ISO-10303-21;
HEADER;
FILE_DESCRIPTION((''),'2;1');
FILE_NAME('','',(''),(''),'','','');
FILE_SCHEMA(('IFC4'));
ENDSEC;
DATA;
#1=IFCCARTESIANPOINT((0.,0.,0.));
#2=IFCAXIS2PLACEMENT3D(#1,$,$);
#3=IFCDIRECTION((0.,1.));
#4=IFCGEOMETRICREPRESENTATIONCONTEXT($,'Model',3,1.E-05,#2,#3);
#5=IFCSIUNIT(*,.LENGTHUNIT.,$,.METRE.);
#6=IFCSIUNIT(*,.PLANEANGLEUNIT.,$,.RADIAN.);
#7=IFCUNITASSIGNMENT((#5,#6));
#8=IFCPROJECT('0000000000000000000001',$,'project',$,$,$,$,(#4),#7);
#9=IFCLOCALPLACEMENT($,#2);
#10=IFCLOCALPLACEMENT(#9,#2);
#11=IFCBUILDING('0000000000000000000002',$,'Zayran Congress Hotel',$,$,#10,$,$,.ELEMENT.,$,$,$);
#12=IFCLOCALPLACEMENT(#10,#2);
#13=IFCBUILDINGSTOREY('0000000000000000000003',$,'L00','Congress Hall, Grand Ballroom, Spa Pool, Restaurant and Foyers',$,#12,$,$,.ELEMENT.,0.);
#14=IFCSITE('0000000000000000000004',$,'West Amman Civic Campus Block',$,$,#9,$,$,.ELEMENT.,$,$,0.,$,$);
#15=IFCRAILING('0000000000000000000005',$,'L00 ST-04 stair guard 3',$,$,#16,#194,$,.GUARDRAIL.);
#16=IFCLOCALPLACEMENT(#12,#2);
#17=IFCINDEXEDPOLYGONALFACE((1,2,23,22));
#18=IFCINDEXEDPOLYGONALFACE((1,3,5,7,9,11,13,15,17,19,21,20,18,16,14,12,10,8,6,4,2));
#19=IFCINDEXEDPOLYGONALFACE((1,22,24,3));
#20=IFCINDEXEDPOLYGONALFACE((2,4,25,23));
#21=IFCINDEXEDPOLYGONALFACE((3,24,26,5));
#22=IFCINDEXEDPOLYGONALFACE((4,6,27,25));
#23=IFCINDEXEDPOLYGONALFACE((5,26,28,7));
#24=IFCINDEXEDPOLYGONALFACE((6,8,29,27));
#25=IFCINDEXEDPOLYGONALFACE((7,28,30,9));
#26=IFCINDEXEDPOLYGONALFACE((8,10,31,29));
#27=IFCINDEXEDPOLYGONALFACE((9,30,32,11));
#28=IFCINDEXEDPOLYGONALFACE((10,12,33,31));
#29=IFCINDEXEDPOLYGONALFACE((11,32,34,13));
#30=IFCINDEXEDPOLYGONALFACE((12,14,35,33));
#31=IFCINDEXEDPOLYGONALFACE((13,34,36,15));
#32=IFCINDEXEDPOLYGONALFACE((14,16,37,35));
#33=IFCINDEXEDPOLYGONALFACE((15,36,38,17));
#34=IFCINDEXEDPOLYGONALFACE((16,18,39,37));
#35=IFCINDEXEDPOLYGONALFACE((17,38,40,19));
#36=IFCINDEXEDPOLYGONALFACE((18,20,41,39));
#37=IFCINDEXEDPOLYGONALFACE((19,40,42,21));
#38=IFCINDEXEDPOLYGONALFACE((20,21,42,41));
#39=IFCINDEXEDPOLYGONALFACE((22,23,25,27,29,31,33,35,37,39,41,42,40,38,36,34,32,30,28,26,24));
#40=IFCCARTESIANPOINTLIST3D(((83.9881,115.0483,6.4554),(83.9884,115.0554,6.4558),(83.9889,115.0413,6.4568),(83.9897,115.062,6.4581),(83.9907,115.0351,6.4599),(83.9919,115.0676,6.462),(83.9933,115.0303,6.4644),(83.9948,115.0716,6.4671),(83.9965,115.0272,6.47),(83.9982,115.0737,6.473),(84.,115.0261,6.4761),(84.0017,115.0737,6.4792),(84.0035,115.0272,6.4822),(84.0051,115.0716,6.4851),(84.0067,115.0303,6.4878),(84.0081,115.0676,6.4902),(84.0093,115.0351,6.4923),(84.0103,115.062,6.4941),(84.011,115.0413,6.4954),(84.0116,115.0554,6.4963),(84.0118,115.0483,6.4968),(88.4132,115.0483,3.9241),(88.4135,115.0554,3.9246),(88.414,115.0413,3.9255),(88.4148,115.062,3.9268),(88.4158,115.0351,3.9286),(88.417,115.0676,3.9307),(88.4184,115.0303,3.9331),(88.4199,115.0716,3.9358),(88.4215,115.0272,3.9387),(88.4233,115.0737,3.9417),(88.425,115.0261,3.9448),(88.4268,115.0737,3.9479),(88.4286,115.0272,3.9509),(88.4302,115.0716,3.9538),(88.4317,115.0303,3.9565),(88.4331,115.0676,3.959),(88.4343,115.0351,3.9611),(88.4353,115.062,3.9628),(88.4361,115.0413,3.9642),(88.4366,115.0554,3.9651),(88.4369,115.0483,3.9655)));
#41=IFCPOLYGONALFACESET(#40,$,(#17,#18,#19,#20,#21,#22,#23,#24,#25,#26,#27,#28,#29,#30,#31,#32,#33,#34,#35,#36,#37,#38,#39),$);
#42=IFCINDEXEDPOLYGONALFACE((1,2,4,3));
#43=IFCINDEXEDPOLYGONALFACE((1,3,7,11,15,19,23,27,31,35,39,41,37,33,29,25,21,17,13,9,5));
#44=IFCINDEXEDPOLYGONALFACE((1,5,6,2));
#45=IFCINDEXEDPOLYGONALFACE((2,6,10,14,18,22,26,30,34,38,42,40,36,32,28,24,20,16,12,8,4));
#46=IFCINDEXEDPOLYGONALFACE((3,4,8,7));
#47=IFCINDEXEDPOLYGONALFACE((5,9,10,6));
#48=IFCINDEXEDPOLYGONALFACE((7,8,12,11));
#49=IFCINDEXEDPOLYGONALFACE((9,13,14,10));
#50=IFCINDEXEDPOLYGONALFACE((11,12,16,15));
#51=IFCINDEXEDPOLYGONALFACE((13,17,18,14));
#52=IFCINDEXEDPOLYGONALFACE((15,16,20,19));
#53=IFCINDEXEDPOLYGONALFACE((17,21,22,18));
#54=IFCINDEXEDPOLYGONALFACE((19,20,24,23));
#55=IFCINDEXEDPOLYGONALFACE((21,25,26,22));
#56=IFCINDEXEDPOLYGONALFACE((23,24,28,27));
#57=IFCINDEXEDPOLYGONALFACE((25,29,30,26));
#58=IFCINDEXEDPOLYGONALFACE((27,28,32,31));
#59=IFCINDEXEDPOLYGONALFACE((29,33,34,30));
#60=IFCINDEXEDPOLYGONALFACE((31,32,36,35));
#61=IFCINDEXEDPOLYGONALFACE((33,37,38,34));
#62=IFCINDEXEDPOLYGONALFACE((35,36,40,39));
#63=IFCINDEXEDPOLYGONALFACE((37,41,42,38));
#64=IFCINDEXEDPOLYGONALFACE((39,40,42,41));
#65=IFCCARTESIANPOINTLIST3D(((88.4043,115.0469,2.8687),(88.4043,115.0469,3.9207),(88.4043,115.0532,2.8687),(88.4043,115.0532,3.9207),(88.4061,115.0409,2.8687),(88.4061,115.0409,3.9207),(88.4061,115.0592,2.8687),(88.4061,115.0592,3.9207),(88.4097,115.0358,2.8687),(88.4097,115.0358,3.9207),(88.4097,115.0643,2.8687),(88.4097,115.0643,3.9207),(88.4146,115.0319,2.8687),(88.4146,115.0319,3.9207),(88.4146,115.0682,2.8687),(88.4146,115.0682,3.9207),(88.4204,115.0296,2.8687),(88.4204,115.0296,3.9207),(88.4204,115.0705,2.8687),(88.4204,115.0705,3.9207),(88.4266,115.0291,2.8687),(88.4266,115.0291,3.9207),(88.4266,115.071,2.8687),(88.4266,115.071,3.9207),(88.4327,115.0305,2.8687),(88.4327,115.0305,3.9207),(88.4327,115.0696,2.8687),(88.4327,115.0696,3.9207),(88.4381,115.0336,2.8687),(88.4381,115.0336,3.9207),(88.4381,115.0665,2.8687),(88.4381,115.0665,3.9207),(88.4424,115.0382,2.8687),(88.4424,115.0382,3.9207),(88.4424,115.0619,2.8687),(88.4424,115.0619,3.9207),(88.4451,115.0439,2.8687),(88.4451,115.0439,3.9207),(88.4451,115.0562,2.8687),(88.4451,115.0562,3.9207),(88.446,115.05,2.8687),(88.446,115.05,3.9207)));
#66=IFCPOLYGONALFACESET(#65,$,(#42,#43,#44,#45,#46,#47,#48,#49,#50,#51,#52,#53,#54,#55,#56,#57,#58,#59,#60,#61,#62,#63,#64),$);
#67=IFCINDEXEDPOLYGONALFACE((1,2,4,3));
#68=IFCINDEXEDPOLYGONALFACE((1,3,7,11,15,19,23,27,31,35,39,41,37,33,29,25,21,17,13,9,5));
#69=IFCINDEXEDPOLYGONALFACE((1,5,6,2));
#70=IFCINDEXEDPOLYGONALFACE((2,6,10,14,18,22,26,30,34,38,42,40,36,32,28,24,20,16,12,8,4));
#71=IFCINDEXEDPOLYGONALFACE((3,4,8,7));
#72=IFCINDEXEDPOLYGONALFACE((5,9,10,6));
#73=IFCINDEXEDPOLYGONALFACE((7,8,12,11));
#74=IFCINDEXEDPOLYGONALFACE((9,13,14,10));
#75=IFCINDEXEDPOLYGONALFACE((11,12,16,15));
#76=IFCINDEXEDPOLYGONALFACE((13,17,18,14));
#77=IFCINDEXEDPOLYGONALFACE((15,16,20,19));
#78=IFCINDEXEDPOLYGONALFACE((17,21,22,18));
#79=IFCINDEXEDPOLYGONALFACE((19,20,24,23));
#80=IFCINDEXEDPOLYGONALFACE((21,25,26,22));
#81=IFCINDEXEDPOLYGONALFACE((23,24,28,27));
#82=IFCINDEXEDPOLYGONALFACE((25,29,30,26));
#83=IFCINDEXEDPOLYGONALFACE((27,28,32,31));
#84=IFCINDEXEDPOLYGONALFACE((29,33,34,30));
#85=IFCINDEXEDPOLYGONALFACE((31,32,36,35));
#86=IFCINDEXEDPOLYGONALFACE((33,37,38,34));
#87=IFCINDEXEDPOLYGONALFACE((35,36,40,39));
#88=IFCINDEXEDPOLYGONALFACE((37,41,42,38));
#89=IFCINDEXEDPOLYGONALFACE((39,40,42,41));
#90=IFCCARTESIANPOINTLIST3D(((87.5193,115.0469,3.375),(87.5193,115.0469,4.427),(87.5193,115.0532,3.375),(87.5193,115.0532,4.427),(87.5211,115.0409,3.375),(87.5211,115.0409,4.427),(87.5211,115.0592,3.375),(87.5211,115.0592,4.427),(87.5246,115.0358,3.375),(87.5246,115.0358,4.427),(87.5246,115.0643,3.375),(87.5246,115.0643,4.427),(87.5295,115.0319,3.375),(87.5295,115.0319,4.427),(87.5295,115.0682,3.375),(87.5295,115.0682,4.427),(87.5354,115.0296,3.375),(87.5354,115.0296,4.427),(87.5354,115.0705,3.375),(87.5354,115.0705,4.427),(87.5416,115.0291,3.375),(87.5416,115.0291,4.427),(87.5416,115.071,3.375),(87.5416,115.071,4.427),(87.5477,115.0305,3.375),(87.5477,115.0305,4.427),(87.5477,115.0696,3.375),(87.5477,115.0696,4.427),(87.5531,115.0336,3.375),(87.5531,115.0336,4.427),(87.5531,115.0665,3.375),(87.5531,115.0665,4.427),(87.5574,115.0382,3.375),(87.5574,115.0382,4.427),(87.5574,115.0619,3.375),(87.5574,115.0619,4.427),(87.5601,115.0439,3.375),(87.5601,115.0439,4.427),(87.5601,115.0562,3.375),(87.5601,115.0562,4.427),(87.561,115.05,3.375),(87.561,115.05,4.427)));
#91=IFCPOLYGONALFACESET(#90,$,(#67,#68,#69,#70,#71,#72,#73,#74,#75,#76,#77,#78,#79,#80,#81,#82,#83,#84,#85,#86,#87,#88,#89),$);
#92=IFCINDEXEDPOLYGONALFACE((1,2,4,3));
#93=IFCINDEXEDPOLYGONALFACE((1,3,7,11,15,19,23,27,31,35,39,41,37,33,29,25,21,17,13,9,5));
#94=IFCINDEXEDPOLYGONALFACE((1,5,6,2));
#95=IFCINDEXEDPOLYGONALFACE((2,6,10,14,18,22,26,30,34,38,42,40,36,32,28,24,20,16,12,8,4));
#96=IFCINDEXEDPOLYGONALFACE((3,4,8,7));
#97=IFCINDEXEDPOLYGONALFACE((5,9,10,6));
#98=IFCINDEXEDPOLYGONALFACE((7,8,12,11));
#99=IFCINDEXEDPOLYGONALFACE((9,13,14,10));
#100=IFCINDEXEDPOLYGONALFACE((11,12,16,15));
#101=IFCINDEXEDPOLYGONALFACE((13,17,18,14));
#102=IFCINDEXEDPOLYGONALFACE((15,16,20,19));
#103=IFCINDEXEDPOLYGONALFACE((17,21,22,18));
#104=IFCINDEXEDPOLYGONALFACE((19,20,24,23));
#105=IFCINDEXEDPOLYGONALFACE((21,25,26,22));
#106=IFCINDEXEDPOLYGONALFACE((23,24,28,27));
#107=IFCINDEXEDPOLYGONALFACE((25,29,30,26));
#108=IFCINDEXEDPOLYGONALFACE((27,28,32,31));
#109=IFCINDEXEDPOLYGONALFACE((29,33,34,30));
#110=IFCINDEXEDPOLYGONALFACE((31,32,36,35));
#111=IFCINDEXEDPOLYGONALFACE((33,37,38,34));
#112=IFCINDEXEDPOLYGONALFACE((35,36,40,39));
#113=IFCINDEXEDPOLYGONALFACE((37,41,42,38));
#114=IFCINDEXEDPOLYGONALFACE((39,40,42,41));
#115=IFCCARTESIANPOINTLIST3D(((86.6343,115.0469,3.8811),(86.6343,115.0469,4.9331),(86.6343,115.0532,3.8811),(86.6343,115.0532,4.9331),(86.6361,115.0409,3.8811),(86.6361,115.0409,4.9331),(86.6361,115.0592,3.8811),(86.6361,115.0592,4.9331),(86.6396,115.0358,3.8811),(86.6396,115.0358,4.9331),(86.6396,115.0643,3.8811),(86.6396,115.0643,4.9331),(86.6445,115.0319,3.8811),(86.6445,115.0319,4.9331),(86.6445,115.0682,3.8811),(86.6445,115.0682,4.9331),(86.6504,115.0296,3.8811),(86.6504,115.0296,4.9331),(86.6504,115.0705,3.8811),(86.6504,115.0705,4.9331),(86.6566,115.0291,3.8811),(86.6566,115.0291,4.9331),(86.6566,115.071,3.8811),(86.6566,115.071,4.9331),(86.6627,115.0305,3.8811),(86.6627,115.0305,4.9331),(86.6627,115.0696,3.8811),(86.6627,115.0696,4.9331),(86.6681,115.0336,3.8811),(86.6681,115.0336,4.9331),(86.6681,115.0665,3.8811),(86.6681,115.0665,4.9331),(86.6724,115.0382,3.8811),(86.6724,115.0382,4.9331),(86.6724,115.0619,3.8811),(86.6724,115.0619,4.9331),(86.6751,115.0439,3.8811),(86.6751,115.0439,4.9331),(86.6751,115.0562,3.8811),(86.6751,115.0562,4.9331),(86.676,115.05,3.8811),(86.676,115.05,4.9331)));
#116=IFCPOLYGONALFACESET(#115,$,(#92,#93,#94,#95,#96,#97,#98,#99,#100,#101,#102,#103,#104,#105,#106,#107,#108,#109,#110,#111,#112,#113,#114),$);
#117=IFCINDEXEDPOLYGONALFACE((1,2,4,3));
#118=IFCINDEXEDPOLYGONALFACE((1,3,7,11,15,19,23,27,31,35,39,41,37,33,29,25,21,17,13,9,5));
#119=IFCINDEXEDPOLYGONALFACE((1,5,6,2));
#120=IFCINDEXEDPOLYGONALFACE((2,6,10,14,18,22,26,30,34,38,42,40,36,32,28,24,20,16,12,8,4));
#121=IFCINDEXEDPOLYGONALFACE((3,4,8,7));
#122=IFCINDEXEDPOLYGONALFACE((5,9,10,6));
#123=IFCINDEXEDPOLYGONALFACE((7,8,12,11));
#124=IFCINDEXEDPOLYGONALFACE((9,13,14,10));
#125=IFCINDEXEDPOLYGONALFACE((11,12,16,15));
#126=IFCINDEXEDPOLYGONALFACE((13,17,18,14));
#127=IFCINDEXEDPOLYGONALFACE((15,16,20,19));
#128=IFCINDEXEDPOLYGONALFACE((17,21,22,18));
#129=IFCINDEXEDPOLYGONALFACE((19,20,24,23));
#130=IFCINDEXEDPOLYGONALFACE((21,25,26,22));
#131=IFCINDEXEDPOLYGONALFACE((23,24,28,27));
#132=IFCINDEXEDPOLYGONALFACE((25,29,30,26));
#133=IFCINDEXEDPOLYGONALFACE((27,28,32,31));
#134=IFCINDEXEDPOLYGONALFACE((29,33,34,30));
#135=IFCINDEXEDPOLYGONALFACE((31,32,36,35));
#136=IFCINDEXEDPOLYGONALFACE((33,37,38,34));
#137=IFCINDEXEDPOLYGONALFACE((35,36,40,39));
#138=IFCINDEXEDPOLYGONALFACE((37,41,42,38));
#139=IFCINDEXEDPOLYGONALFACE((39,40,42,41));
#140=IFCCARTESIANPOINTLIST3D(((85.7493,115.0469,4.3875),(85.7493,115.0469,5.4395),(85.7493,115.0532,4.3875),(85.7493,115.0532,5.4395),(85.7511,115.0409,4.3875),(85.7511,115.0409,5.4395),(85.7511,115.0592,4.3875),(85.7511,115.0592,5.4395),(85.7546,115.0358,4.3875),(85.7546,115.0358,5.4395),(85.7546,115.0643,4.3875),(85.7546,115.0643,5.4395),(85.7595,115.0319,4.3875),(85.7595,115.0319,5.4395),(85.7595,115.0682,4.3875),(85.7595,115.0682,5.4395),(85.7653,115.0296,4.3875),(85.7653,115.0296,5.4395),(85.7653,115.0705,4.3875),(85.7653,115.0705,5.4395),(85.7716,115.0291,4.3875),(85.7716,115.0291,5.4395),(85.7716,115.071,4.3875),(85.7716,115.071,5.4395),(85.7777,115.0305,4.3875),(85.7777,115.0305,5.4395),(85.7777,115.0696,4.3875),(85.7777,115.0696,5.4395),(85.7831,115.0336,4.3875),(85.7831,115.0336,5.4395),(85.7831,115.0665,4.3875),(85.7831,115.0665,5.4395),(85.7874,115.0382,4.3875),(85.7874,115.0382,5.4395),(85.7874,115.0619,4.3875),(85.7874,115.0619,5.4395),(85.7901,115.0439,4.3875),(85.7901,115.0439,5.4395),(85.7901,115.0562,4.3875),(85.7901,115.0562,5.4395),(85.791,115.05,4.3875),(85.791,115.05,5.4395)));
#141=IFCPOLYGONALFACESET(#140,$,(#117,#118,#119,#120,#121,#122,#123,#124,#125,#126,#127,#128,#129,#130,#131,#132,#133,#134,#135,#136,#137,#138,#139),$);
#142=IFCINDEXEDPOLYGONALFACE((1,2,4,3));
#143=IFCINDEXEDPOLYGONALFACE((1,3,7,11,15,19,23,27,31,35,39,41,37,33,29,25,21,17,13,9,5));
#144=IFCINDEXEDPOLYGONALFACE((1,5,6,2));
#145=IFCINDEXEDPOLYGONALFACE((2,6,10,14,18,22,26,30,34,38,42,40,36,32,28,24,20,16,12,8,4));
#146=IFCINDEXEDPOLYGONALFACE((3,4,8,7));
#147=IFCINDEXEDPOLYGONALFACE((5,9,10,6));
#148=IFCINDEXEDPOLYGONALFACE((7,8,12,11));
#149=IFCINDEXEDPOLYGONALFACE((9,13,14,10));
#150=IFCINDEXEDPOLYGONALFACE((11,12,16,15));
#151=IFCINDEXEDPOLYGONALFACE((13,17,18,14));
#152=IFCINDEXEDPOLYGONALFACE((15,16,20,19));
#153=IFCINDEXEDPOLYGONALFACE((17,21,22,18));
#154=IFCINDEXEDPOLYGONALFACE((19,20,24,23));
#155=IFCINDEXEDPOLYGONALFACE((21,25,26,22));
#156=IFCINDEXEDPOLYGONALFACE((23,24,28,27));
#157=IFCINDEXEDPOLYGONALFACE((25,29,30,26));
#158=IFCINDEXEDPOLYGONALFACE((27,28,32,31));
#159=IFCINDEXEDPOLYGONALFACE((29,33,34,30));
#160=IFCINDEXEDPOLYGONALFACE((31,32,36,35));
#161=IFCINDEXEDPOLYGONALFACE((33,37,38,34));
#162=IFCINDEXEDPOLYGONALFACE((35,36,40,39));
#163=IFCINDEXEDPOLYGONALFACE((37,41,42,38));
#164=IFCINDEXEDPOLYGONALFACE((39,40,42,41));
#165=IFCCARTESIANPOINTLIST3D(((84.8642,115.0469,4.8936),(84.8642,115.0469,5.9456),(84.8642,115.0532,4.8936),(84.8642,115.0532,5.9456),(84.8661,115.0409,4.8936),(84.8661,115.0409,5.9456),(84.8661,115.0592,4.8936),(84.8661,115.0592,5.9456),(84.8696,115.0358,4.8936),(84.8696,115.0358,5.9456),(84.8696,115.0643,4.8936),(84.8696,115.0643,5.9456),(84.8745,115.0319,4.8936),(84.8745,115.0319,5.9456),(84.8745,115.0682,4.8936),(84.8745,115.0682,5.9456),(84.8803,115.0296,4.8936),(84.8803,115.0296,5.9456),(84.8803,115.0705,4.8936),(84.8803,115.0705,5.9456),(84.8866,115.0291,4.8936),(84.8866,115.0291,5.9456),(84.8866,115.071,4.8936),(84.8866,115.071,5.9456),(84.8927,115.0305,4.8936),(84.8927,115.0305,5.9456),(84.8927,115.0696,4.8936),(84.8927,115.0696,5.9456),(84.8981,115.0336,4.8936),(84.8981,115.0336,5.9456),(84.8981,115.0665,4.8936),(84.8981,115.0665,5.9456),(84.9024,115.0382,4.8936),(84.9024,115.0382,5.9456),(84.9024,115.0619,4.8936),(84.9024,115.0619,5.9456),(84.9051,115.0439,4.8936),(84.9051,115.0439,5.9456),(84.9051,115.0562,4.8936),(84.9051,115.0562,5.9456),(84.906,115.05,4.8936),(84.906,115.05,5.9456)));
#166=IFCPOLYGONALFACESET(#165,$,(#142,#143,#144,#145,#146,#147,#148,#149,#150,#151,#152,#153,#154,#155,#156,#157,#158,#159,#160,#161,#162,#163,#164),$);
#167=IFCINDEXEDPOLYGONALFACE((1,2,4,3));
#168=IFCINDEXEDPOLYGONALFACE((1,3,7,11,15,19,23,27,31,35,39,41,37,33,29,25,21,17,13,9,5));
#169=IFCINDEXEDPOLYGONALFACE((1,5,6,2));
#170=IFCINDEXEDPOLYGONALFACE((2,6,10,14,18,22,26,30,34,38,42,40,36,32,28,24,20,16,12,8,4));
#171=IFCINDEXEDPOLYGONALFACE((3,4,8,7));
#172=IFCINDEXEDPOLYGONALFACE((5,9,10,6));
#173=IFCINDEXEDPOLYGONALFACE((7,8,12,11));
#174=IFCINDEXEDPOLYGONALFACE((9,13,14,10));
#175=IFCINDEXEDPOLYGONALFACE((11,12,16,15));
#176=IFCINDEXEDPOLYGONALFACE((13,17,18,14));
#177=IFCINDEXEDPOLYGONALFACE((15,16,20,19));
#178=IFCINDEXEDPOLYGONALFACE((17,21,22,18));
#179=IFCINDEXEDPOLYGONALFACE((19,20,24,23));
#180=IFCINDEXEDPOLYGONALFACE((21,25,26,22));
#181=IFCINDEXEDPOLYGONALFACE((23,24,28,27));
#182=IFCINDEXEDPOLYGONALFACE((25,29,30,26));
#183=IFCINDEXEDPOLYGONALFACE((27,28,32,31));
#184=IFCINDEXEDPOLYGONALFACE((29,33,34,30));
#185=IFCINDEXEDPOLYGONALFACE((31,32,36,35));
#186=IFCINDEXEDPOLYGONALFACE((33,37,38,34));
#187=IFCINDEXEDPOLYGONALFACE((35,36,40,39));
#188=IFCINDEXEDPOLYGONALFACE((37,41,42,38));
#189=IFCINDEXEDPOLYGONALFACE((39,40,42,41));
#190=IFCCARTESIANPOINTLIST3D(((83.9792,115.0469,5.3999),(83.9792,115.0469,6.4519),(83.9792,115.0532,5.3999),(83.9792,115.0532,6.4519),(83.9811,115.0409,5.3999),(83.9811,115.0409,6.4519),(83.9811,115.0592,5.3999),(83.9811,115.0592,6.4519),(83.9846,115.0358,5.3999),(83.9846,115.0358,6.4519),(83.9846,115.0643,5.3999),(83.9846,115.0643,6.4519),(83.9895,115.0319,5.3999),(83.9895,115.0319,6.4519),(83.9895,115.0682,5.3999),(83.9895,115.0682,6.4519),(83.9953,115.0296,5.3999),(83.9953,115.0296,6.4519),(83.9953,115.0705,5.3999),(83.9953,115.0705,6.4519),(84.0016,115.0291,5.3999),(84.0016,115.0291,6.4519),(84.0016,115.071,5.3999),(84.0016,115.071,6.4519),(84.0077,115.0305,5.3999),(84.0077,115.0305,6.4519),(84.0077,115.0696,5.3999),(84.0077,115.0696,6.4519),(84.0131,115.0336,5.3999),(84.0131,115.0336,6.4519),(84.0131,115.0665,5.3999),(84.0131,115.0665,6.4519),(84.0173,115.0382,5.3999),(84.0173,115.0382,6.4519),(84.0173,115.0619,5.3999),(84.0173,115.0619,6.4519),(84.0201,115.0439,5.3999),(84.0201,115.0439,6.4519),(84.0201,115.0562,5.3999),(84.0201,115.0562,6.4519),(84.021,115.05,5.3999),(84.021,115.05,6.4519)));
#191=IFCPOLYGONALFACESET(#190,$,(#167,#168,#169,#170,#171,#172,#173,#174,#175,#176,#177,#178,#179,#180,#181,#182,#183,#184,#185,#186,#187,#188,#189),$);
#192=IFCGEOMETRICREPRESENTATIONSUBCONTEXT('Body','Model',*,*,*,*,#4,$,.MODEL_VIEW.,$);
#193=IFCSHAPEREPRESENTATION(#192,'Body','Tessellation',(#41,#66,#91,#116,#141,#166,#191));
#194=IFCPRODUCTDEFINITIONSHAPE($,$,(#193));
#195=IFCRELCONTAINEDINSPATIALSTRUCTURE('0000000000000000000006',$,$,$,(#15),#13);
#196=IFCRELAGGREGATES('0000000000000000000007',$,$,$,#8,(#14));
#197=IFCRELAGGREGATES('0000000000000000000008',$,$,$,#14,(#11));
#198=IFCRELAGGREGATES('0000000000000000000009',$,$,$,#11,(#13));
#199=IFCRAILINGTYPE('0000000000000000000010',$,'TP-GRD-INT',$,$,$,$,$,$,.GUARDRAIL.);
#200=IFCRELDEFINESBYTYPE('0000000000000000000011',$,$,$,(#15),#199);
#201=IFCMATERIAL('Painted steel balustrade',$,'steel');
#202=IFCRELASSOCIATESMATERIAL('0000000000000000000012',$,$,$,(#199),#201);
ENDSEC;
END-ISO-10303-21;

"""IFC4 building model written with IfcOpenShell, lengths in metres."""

from ifc_helpers import new_model, si_unit, direction, frame, origin, origin_2d, place, context, subcontext, project, spatial, circle, extrude, material, type_object, element, save


model = new_model("IFC4")

# Units and contexts
model_context = context("Model", 3, precision=1e-05, world=origin(), true_north=direction((0.0, 1.0)))
body_context = subcontext(model_context, "Body", "Model", "MODEL_VIEW")
ifc_project = project(units=[si_unit("LENGTHUNIT", "METRE"), si_unit("PLANEANGLEUNIT", "RADIAN")], contexts=[model_context])

# Site, building, storey
site_placement = place(None, origin())
site = spatial("IfcSite", under=ifc_project, at=site_placement, Name="West Amman Civic Campus Block", CompositionType="ELEMENT", RefElevation=0.0)
building_placement = place(site_placement, origin())
building = spatial("IfcBuilding", under=site, at=building_placement, Name="Zayran Congress Hotel", CompositionType="ELEMENT")
storey_placement = place(building_placement, origin())
storey = spatial("IfcBuildingStorey", under=building, at=storey_placement, Name="L00", Description="Congress Hall, Grand Ballroom, Spa Pool, Restaurant and Foyers", CompositionType="ELEMENT", Elevation=0.0)

# Railing
ifc_material_1 = material(Name="Painted steel balustrade", Category="steel")
railing_type_1 = type_object("IfcRailingType", Name="TP-GRD-INT", PredefinedType="GUARDRAIL", material=ifc_material_1)
railing_1_placement = place(storey_placement, frame((88.425, 115.05, 2.8687)))
element("IfcRailing", 1, at=railing_1_placement, inside=storey, type_object=railing_type_1, Name="L00 ST-04 stair guard 3", PredefinedType="GUARDRAIL", context=body_context, shape_type="SweptSolid", body=[
    extrude(circle(Radius=0.0239, at=origin_2d()), frame((0.0, 0.0, 1.0762), z_axis=(-0.868019, 0.0, 0.496531), x_axis=(0.0, -1.0, 0.0)), (0.0, 0.0, 1.0), 5.0979),
    extrude(circle(Radius=0.021, at=origin_2d()), origin(), (0.0, 0.0, 1.0), 1.052),
    extrude(circle(Radius=0.021, at=origin_2d()), frame((-0.885, 0.0, 0.5063)), (0.0, 0.0, 1.0), 1.052),
    extrude(circle(Radius=0.021, at=origin_2d()), frame((-1.77, 0.0, 1.0125)), (0.0, 0.0, 1.0), 1.052),
    extrude(circle(Radius=0.021, at=origin_2d()), frame((-2.655, 0.0, 1.5188)), (0.0, 0.0, 1.0), 1.052),
    extrude(circle(Radius=0.021, at=origin_2d()), frame((-3.54, 0.0, 2.0249)), (0.0, 0.0, 1.0), 1.052),
    extrude(circle(Radius=0.021, at=origin_2d()), frame((-4.425, 0.0, 2.5312)), (0.0, 0.0, 1.0), 1.052),
])

save(model, "model.ifc")
